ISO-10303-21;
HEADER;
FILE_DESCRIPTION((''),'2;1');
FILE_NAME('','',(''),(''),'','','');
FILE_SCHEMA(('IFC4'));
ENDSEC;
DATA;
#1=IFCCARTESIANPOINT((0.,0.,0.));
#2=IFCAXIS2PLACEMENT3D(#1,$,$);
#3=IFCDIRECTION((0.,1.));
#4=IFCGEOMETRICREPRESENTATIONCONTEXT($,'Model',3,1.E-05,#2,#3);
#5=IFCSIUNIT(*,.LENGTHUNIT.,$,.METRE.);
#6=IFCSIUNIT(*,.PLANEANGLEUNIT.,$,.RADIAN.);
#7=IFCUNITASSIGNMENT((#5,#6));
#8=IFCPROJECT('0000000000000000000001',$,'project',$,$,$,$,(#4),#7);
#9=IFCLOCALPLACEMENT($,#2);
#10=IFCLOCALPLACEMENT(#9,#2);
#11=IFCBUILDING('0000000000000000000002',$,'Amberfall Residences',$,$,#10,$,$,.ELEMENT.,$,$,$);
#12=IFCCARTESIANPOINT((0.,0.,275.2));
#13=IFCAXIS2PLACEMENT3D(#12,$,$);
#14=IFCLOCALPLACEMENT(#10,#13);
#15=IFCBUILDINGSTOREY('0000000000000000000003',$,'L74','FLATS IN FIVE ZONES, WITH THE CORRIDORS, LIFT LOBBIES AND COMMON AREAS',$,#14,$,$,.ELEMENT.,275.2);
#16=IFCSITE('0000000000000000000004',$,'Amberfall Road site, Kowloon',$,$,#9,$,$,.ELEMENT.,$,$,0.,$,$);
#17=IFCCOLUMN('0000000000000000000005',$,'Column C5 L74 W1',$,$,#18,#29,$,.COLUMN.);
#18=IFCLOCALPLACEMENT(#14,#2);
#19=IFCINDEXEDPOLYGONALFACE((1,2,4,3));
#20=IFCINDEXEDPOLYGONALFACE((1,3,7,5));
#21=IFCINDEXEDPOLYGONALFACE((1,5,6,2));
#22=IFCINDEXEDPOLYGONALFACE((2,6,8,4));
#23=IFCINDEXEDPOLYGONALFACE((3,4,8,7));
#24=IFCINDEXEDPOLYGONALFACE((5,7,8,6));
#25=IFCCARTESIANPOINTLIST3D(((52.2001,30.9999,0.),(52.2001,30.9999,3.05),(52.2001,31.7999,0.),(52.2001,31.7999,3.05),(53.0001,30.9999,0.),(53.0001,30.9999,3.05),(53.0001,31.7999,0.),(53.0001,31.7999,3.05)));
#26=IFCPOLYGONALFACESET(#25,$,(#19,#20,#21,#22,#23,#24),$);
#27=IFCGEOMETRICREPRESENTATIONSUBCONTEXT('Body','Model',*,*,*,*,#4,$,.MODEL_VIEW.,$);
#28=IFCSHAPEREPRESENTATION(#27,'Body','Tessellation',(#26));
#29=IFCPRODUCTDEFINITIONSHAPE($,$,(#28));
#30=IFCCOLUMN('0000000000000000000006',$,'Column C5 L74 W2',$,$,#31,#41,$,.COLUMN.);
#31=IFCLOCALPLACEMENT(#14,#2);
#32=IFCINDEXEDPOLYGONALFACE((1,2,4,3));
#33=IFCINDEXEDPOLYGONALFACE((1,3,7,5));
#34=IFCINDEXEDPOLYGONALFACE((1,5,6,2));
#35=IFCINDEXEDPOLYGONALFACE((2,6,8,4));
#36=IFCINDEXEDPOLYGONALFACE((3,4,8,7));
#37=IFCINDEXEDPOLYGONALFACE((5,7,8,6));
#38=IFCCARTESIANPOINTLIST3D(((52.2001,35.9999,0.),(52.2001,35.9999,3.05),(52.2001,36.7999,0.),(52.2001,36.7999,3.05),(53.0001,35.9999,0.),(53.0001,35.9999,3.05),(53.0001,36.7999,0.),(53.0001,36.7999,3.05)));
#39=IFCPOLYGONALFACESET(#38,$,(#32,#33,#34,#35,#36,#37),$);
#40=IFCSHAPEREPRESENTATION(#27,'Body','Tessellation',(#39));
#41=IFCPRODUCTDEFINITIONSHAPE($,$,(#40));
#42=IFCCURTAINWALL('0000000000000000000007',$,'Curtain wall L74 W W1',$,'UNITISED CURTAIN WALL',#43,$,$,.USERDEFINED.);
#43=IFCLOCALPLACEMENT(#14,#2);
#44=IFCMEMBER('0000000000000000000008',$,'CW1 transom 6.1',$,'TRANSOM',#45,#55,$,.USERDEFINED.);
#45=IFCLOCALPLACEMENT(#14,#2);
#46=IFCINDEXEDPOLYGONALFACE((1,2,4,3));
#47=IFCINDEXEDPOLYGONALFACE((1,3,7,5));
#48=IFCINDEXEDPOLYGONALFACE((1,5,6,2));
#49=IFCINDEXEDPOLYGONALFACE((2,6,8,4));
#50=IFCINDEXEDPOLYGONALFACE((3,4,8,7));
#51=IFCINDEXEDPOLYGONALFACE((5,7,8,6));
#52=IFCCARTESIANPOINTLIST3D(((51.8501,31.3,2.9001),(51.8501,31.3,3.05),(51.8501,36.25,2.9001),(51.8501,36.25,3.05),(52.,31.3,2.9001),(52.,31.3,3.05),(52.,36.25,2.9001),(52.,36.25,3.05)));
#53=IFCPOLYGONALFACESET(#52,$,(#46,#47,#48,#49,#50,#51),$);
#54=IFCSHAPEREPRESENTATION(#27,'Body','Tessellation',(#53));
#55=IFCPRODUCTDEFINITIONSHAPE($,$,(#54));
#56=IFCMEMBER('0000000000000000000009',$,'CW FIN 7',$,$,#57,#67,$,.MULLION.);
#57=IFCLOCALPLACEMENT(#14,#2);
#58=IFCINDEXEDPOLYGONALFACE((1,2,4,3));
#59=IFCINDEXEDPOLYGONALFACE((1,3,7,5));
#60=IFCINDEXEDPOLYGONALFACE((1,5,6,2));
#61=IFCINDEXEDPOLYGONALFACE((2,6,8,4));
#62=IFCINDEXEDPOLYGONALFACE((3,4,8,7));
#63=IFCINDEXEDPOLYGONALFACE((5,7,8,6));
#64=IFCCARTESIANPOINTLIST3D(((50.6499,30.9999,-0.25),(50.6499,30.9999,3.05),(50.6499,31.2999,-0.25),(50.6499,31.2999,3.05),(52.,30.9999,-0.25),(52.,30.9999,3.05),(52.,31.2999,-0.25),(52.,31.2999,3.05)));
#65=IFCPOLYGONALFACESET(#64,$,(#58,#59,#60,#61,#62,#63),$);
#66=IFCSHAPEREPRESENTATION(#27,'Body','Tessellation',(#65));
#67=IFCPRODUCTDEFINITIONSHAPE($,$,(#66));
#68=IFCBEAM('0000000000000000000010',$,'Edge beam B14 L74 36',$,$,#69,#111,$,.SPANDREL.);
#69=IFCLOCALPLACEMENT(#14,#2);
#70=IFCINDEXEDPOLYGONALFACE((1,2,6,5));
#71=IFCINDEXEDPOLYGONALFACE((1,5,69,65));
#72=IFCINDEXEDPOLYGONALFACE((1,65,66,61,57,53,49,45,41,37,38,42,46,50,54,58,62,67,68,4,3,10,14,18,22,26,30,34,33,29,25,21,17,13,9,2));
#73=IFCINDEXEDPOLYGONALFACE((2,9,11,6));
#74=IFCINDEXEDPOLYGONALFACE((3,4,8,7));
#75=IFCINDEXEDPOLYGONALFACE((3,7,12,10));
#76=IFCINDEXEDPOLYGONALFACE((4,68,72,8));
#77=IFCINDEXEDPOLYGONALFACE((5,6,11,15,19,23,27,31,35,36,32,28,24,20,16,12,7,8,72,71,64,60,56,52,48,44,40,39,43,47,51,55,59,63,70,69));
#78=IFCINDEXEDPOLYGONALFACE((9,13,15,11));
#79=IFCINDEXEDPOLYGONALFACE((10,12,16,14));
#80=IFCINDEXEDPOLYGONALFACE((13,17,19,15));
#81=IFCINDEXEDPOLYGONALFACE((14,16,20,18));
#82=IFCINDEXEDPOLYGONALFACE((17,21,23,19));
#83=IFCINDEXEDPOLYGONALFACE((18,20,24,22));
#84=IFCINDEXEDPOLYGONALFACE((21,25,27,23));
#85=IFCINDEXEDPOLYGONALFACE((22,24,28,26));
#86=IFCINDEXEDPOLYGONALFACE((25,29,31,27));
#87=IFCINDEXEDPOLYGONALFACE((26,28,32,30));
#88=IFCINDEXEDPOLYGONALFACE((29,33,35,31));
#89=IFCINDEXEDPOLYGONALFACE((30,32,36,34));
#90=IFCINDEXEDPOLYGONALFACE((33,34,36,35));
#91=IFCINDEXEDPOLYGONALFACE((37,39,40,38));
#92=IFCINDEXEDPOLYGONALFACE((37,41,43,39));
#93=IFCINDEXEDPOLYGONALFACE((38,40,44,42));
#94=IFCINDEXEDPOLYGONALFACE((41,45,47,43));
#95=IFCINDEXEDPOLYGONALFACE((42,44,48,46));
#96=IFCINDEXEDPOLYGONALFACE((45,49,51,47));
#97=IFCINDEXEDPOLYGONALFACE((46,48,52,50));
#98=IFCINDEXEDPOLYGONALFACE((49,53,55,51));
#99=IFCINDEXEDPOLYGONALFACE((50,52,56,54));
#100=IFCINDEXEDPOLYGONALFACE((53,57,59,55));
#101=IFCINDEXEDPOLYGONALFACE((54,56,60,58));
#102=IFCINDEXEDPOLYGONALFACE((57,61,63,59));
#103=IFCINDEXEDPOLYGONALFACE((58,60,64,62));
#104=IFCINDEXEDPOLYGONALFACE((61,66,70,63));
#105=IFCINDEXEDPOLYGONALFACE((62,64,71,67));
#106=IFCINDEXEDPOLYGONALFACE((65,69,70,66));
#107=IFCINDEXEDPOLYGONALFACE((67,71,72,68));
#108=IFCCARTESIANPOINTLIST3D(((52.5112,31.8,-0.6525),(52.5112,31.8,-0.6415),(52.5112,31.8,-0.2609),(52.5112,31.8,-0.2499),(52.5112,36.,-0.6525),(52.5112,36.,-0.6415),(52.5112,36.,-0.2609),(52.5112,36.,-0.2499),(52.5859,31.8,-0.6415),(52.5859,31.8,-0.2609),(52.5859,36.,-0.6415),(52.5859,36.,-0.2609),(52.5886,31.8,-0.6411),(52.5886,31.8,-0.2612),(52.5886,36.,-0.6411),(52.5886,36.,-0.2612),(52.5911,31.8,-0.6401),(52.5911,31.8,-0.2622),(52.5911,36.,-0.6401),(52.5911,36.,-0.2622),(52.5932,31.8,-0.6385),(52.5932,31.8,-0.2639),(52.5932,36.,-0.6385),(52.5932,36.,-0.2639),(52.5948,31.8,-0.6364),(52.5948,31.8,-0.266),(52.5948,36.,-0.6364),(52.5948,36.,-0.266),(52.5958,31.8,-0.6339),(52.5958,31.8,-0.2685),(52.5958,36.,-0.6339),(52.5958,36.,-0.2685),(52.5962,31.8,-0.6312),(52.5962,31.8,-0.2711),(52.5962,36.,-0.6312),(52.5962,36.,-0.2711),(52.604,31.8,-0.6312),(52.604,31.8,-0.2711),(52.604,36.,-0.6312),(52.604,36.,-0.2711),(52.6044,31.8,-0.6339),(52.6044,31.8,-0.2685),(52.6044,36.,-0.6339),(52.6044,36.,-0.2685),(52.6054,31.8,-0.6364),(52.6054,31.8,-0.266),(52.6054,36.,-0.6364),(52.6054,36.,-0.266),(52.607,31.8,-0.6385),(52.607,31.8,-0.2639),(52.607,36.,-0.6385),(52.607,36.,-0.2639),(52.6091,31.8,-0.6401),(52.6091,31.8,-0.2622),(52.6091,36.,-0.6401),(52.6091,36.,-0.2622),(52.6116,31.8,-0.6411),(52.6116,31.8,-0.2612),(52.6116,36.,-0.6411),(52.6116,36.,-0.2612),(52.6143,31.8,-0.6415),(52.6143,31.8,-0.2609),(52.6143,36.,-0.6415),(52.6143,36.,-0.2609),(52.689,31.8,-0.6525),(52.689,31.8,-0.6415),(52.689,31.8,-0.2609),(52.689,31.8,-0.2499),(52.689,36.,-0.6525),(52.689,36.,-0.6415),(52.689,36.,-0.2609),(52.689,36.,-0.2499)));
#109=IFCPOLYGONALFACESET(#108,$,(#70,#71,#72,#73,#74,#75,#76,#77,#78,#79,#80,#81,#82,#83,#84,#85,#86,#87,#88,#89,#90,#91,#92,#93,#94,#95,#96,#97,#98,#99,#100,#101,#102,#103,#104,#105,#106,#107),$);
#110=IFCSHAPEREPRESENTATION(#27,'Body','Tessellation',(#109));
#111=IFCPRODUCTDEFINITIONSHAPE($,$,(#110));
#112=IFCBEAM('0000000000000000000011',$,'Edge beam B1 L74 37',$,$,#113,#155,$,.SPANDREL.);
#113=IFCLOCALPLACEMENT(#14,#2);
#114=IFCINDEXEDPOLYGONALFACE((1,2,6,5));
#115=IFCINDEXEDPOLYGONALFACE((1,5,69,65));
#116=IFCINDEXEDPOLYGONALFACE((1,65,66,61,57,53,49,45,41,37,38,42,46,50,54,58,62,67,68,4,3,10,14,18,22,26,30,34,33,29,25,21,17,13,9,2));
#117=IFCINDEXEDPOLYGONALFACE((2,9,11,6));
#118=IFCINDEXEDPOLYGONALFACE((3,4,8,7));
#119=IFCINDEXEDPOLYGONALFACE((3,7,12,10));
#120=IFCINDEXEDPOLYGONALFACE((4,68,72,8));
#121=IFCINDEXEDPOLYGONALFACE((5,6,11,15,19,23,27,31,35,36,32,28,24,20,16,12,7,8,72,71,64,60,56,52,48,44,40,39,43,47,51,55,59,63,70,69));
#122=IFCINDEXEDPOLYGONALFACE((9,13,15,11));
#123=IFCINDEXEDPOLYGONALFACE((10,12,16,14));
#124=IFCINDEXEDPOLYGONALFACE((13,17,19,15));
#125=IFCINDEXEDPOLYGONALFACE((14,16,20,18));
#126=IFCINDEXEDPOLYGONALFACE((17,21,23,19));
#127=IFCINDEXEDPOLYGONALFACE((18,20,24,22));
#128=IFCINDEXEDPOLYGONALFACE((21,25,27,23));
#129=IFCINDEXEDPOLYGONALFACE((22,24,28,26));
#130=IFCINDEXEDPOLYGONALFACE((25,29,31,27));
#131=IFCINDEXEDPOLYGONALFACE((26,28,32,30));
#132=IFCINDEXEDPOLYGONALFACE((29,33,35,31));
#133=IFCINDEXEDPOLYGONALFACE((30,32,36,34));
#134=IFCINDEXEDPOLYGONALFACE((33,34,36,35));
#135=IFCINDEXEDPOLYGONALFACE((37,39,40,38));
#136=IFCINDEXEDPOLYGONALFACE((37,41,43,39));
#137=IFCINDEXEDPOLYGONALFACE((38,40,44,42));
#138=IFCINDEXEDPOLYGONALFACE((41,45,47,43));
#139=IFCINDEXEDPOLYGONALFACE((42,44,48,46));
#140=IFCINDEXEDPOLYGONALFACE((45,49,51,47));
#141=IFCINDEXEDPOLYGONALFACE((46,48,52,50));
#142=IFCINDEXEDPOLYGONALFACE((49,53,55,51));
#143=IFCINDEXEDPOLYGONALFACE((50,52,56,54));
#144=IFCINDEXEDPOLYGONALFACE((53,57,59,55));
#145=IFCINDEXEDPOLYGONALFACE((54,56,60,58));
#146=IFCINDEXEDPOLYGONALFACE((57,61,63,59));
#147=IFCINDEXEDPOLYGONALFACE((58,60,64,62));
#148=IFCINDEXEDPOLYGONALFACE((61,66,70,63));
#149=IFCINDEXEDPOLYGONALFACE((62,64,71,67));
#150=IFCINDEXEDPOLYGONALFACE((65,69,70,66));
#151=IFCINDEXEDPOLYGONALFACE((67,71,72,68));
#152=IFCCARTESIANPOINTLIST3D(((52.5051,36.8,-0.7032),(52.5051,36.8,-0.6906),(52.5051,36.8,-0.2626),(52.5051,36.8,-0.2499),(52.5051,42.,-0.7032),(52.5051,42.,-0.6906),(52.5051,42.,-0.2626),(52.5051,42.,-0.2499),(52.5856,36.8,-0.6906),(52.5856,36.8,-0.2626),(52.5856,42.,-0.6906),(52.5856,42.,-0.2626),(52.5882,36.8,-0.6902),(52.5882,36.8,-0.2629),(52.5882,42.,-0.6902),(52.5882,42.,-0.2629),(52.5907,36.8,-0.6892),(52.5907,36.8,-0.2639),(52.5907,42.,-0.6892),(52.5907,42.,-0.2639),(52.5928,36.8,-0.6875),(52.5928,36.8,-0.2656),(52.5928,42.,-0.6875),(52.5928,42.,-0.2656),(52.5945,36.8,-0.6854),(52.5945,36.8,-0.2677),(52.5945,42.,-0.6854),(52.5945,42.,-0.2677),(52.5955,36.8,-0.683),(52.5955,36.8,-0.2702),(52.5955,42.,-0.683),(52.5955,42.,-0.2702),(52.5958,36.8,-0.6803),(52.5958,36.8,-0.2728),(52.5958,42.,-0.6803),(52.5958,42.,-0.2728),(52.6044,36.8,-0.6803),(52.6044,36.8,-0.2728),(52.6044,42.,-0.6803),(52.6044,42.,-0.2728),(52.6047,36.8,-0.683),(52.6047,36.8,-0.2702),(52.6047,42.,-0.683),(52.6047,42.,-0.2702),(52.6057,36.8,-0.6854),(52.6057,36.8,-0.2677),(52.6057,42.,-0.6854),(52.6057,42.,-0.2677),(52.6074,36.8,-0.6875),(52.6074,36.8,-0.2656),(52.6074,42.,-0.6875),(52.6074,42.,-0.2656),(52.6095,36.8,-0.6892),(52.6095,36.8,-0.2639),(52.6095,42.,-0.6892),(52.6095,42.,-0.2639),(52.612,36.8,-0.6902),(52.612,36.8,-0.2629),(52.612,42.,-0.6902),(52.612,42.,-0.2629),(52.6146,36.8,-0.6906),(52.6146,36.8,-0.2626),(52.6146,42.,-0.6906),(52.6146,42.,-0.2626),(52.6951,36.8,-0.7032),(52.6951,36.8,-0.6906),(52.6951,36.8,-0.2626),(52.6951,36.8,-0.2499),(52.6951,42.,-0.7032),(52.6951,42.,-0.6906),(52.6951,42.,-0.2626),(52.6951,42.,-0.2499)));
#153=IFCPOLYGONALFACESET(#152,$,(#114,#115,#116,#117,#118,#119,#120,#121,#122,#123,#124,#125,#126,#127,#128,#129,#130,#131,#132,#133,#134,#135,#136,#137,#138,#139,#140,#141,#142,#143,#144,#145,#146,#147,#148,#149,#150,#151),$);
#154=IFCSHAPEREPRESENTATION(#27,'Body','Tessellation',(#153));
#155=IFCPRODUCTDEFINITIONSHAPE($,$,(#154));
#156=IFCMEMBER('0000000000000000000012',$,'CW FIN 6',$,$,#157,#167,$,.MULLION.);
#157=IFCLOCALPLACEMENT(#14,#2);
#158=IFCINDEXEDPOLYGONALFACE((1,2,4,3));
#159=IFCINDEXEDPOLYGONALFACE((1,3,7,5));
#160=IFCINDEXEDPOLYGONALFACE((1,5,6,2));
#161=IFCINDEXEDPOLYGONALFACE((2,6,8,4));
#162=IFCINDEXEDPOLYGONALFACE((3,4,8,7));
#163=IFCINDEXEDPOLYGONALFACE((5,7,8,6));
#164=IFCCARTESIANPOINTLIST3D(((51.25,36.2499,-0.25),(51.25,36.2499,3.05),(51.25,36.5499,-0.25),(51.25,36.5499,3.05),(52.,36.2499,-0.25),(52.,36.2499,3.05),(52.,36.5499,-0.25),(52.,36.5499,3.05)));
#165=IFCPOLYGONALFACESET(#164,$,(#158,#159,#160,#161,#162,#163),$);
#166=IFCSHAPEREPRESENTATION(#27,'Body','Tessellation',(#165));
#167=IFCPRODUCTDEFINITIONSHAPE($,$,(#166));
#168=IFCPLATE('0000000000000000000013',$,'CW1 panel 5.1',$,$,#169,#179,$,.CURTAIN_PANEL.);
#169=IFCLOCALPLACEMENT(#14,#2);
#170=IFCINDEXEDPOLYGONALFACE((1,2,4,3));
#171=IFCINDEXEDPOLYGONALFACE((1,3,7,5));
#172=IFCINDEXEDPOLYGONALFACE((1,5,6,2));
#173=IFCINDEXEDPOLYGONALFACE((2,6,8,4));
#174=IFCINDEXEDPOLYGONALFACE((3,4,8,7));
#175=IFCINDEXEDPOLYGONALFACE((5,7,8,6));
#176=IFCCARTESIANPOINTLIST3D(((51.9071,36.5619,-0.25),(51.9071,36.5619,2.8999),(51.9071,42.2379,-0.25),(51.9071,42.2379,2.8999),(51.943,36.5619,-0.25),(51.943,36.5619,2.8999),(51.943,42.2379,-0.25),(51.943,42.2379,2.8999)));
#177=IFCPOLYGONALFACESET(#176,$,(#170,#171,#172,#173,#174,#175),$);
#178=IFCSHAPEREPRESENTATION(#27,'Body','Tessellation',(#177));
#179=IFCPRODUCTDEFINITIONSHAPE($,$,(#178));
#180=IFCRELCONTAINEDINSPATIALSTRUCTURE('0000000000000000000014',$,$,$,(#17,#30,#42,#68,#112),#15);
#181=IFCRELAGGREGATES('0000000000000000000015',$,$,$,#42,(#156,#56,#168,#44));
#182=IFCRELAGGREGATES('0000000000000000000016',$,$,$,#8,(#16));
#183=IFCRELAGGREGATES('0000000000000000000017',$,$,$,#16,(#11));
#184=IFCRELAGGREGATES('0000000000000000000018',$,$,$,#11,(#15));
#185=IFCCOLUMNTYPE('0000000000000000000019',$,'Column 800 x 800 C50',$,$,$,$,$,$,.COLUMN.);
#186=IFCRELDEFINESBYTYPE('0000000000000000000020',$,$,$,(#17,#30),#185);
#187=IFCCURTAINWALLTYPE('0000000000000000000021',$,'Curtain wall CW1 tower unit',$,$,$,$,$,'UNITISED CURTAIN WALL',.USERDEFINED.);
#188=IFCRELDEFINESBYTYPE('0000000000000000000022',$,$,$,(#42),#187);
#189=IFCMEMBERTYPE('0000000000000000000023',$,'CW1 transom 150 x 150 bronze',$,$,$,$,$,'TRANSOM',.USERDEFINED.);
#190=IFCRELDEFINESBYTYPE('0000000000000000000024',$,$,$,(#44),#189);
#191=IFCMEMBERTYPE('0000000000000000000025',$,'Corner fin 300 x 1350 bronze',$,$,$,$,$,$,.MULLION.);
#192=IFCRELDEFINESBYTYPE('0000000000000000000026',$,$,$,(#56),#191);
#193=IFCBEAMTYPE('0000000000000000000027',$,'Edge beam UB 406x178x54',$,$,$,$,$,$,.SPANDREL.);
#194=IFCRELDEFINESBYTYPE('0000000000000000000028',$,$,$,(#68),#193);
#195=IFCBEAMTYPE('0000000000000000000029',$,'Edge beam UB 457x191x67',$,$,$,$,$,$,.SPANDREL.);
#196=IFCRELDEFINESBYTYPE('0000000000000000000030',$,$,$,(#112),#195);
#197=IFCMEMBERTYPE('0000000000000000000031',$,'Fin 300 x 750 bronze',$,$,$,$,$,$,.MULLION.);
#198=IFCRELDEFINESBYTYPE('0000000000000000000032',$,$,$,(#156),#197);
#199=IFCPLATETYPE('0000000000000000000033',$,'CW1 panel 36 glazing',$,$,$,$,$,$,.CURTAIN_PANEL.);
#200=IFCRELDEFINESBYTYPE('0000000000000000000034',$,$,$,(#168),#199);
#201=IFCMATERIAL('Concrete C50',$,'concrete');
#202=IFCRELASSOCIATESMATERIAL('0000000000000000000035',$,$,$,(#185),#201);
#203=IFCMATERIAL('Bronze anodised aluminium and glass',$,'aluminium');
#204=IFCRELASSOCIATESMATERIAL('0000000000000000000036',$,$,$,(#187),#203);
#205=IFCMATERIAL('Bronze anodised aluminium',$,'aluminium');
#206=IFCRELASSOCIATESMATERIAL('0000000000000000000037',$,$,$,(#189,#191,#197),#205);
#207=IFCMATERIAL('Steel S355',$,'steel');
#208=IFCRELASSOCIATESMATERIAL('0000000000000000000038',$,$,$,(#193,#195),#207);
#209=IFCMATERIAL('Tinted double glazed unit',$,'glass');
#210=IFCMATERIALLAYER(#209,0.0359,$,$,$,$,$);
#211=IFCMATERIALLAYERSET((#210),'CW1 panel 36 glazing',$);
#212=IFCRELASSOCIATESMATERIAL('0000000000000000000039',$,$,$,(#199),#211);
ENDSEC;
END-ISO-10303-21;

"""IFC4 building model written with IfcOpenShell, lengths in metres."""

from ifc_helpers import new_model, si_unit, direction, frame, origin, origin_2d, place, context, subcontext, project, spatial, rectangle, i_section, extrude, material, layer, layer_set, material_profile, profile_set, type_object, element, aggregate, save


model = new_model("IFC4")

# Units and contexts
model_context = context("Model", 3, precision=1e-05, world=origin(), true_north=direction((0.0, 1.0)))
body_context = subcontext(model_context, "Body", "Model", "MODEL_VIEW")
ifc_project = project(units=[si_unit("LENGTHUNIT", "METRE"), si_unit("PLANEANGLEUNIT", "RADIAN")], contexts=[model_context])

# Site, building, storey
site_placement = place(None, origin())
site = spatial("IfcSite", under=ifc_project, at=site_placement, Name="Amberfall Road site, Kowloon", CompositionType="ELEMENT", RefElevation=0.0)
building_placement = place(site_placement, origin())
building = spatial("IfcBuilding", under=site, at=building_placement, Name="Amberfall Residences", CompositionType="ELEMENT")
storey_placement = place(building_placement, frame((0.0, 0.0, 275.2)))
storey = spatial("IfcBuildingStorey", under=building, at=storey_placement, Name="L74", Description="FLATS IN FIVE ZONES, WITH THE CORRIDORS, LIFT LOBBIES AND COMMON AREAS", CompositionType="ELEMENT", Elevation=275.2)

# Columns
ifc_material_1 = material(Name="Concrete C50", Category="concrete")
ifc_material_profile_1 = material_profile(ifc_material_1, rectangle(XDim=0.8, YDim=0.8, at=origin_2d()), Name="Column 800 x 800 C50")
ifc_profile_set_1 = profile_set([ifc_material_profile_1], Name="Concrete C50")
column_type = type_object("IfcColumnType", Name="Column 800 x 800 C50", PredefinedType="COLUMN", material=ifc_profile_set_1)
for number, where, z_axis, x_axis, name in (
    (1, (52.6001, 31.3999, 0.0), (0.0, 0.0, 1.0), (1.0, 0.0, 0.0), "Column C5 L74 W1"),
    (2, (52.6001, 36.3999, 0.0), (0.0, 0.0, 1.0), (1.0, 0.0, 0.0), "Column C5 L74 W2"),
):
    element("IfcColumn", number, at=place(storey_placement, frame(where, z_axis=z_axis, x_axis=x_axis)), inside=storey, type_object=column_type, Name=name, PredefinedType="COLUMN", context=body_context, shape_type="SweptSolid", body=[
        extrude(rectangle(XDim=0.8, YDim=0.8, at=origin_2d()), origin(), (0.0, 0.0, 1.0), 3.05),
    ])

# Curtain wall, members
ifc_material_2 = material(Name="Bronze anodised aluminium and glass", Category="aluminium")
curtain_wall_type = type_object("IfcCurtainWallType", Name="Curtain wall CW1 tower unit", ElementType="UNITISED CURTAIN WALL", PredefinedType="USERDEFINED", material=ifc_material_2)
curtain_wall_placement = place(storey_placement, origin())
curtain_wall = element("IfcCurtainWall", 3, at=curtain_wall_placement, inside=storey, type_object=curtain_wall_type, Name="Curtain wall L74 W W1", ObjectType="UNITISED CURTAIN WALL", PredefinedType="USERDEFINED")
ifc_material_3 = material(Name="Bronze anodised aluminium", Category="aluminium")
ifc_material_profile_2 = material_profile(ifc_material_3, rectangle(XDim=0.1499, YDim=0.1499, at=origin_2d()), Name="CW1 transom 150 x 150 bronze")
ifc_profile_set_2 = profile_set([ifc_material_profile_2], Name="Bronze anodised aluminium")
member_type_1 = type_object("IfcMemberType", Name="CW1 transom 150 x 150 bronze", ElementType="TRANSOM", PredefinedType="USERDEFINED", material=ifc_profile_set_2)
member_1_placement = place(storey_placement, frame((51.925, 36.25, 2.9751), z_axis=(0.0, -1.0, 0.0), x_axis=(1.0, 0.0, 0.0)))
member_1 = element("IfcMember", 4, at=member_1_placement, type_object=member_type_1, Name="CW1 transom 6.1", ObjectType="TRANSOM", PredefinedType="USERDEFINED", context=body_context, shape_type="SweptSolid", body=[
    extrude(rectangle(XDim=0.1499, YDim=0.1499, at=origin_2d()), origin(), (0.0, 0.0, 1.0), 4.95),
])
ifc_material_profile_3 = material_profile(ifc_material_3, rectangle(XDim=1.3501, YDim=0.3, at=origin_2d()), Name="Corner fin 300 x 1350 bronze")
ifc_profile_set_3 = profile_set([ifc_material_profile_3], Name="Bronze anodised aluminium")
member_type_2 = type_object("IfcMemberType", Name="Corner fin 300 x 1350 bronze", PredefinedType="MULLION", material=ifc_profile_set_3)
member_2_placement = place(storey_placement, frame((51.325, 31.1499, -0.25), z_axis=(0.0, 0.0, 1.0), x_axis=(1.0, 0.0, 0.0)))
member_2 = element("IfcMember", 5, at=member_2_placement, type_object=member_type_2, Name="CW FIN 7", PredefinedType="MULLION", context=body_context, shape_type="SweptSolid", body=[
    extrude(rectangle(XDim=1.3501, YDim=0.3, at=origin_2d()), origin(), (0.0, 0.0, 1.0), 3.3),
])

# Beams
ifc_material_4 = material(Name="Steel S355", Category="steel")
ifc_material_profile_4 = material_profile(ifc_material_4, i_section(OverallWidth=0.1777, OverallDepth=0.4026, WebThickness=0.0078, FlangeThickness=0.011, FilletRadius=0.0103, at=origin_2d()), Name="UB 406x178x54")
ifc_profile_set_4 = profile_set([ifc_material_profile_4], Name="Steel S355")
beam_type_1 = type_object("IfcBeamType", Name="Edge beam UB 406x178x54", PredefinedType="SPANDREL", material=ifc_profile_set_4)
beam_1_placement = place(storey_placement, frame((52.6001, 31.8, -0.4512), z_axis=(0.0, 1.0, 0.0), x_axis=(-1.0, 0.0, 0.0)))
element("IfcBeam", 6, at=beam_1_placement, inside=storey, type_object=beam_type_1, Name="Edge beam B14 L74 36", PredefinedType="SPANDREL", context=body_context, shape_type="SweptSolid", body=[
    extrude(i_section(OverallWidth=0.1777, OverallDepth=0.4026, WebThickness=0.0078, FlangeThickness=0.011, FilletRadius=0.0103, at=origin_2d()), origin(), (0.0, 0.0, 1.0), 4.2),
])
ifc_material_profile_5 = material_profile(ifc_material_4, i_section(OverallWidth=0.1899, OverallDepth=0.4534, WebThickness=0.0085, FlangeThickness=0.0127, FilletRadius=0.0103, at=origin_2d()), Name="UB 457x191x67")
ifc_profile_set_5 = profile_set([ifc_material_profile_5], Name="Steel S355")
beam_type_2 = type_object("IfcBeamType", Name="Edge beam UB 457x191x67", PredefinedType="SPANDREL", material=ifc_profile_set_5)
beam_2_placement = place(storey_placement, frame((52.6001, 36.8, -0.4766), z_axis=(0.0, 1.0, 0.0), x_axis=(-1.0, 0.0, 0.0)))
element("IfcBeam", 7, at=beam_2_placement, inside=storey, type_object=beam_type_2, Name="Edge beam B1 L74 37", PredefinedType="SPANDREL", context=body_context, shape_type="SweptSolid", body=[
    extrude(i_section(OverallWidth=0.1899, OverallDepth=0.4534, WebThickness=0.0085, FlangeThickness=0.0127, FilletRadius=0.0103, at=origin_2d()), origin(), (0.0, 0.0, 1.0), 5.2),
])

# Member
ifc_material_profile_6 = material_profile(ifc_material_3, rectangle(XDim=0.75, YDim=0.3, at=origin_2d()), Name="Fin 300 x 750 bronze")
ifc_profile_set_6 = profile_set([ifc_material_profile_6], Name="Bronze anodised aluminium")
member_type_3 = type_object("IfcMemberType", Name="Fin 300 x 750 bronze", PredefinedType="MULLION", material=ifc_profile_set_6)
member_3_placement = place(storey_placement, frame((51.625, 36.3999, -0.25), z_axis=(0.0, 0.0, 1.0), x_axis=(1.0, 0.0, 0.0)))
member_3 = element("IfcMember", 8, at=member_3_placement, type_object=member_type_3, Name="CW FIN 6", PredefinedType="MULLION", context=body_context, shape_type="SweptSolid", body=[
    extrude(rectangle(XDim=0.75, YDim=0.3, at=origin_2d()), origin(), (0.0, 0.0, 1.0), 3.3),
])

# Plate
ifc_material_5 = material(Name="Tinted double glazed unit", Category="glass")
ifc_layer_1 = layer(ifc_material_5, 0.0359)
ifc_layer_set_1 = layer_set([ifc_layer_1], Name="CW1 panel 36 glazing")
plate_type = type_object("IfcPlateType", Name="CW1 panel 36 glazing", PredefinedType="CURTAIN_PANEL", material=ifc_layer_set_1)
plate_1_placement = place(storey_placement, frame((51.925, 39.3999, -0.25), z_axis=(0.0, 0.0, 1.0), x_axis=(0.0, -1.0, 0.0)))
plate_1 = element("IfcPlate", 9, at=plate_1_placement, type_object=plate_type, Name="CW1 panel 5.1", PredefinedType="CURTAIN_PANEL", context=body_context, shape_type="SweptSolid", body=[
    extrude(rectangle(XDim=5.676, YDim=0.0359, at=origin_2d()), origin(), (0.0, 0.0, 1.0), 3.1499),
])
aggregate(curtain_wall, [member_3, member_2, plate_1, member_1])

save(model, "model.ifc")
